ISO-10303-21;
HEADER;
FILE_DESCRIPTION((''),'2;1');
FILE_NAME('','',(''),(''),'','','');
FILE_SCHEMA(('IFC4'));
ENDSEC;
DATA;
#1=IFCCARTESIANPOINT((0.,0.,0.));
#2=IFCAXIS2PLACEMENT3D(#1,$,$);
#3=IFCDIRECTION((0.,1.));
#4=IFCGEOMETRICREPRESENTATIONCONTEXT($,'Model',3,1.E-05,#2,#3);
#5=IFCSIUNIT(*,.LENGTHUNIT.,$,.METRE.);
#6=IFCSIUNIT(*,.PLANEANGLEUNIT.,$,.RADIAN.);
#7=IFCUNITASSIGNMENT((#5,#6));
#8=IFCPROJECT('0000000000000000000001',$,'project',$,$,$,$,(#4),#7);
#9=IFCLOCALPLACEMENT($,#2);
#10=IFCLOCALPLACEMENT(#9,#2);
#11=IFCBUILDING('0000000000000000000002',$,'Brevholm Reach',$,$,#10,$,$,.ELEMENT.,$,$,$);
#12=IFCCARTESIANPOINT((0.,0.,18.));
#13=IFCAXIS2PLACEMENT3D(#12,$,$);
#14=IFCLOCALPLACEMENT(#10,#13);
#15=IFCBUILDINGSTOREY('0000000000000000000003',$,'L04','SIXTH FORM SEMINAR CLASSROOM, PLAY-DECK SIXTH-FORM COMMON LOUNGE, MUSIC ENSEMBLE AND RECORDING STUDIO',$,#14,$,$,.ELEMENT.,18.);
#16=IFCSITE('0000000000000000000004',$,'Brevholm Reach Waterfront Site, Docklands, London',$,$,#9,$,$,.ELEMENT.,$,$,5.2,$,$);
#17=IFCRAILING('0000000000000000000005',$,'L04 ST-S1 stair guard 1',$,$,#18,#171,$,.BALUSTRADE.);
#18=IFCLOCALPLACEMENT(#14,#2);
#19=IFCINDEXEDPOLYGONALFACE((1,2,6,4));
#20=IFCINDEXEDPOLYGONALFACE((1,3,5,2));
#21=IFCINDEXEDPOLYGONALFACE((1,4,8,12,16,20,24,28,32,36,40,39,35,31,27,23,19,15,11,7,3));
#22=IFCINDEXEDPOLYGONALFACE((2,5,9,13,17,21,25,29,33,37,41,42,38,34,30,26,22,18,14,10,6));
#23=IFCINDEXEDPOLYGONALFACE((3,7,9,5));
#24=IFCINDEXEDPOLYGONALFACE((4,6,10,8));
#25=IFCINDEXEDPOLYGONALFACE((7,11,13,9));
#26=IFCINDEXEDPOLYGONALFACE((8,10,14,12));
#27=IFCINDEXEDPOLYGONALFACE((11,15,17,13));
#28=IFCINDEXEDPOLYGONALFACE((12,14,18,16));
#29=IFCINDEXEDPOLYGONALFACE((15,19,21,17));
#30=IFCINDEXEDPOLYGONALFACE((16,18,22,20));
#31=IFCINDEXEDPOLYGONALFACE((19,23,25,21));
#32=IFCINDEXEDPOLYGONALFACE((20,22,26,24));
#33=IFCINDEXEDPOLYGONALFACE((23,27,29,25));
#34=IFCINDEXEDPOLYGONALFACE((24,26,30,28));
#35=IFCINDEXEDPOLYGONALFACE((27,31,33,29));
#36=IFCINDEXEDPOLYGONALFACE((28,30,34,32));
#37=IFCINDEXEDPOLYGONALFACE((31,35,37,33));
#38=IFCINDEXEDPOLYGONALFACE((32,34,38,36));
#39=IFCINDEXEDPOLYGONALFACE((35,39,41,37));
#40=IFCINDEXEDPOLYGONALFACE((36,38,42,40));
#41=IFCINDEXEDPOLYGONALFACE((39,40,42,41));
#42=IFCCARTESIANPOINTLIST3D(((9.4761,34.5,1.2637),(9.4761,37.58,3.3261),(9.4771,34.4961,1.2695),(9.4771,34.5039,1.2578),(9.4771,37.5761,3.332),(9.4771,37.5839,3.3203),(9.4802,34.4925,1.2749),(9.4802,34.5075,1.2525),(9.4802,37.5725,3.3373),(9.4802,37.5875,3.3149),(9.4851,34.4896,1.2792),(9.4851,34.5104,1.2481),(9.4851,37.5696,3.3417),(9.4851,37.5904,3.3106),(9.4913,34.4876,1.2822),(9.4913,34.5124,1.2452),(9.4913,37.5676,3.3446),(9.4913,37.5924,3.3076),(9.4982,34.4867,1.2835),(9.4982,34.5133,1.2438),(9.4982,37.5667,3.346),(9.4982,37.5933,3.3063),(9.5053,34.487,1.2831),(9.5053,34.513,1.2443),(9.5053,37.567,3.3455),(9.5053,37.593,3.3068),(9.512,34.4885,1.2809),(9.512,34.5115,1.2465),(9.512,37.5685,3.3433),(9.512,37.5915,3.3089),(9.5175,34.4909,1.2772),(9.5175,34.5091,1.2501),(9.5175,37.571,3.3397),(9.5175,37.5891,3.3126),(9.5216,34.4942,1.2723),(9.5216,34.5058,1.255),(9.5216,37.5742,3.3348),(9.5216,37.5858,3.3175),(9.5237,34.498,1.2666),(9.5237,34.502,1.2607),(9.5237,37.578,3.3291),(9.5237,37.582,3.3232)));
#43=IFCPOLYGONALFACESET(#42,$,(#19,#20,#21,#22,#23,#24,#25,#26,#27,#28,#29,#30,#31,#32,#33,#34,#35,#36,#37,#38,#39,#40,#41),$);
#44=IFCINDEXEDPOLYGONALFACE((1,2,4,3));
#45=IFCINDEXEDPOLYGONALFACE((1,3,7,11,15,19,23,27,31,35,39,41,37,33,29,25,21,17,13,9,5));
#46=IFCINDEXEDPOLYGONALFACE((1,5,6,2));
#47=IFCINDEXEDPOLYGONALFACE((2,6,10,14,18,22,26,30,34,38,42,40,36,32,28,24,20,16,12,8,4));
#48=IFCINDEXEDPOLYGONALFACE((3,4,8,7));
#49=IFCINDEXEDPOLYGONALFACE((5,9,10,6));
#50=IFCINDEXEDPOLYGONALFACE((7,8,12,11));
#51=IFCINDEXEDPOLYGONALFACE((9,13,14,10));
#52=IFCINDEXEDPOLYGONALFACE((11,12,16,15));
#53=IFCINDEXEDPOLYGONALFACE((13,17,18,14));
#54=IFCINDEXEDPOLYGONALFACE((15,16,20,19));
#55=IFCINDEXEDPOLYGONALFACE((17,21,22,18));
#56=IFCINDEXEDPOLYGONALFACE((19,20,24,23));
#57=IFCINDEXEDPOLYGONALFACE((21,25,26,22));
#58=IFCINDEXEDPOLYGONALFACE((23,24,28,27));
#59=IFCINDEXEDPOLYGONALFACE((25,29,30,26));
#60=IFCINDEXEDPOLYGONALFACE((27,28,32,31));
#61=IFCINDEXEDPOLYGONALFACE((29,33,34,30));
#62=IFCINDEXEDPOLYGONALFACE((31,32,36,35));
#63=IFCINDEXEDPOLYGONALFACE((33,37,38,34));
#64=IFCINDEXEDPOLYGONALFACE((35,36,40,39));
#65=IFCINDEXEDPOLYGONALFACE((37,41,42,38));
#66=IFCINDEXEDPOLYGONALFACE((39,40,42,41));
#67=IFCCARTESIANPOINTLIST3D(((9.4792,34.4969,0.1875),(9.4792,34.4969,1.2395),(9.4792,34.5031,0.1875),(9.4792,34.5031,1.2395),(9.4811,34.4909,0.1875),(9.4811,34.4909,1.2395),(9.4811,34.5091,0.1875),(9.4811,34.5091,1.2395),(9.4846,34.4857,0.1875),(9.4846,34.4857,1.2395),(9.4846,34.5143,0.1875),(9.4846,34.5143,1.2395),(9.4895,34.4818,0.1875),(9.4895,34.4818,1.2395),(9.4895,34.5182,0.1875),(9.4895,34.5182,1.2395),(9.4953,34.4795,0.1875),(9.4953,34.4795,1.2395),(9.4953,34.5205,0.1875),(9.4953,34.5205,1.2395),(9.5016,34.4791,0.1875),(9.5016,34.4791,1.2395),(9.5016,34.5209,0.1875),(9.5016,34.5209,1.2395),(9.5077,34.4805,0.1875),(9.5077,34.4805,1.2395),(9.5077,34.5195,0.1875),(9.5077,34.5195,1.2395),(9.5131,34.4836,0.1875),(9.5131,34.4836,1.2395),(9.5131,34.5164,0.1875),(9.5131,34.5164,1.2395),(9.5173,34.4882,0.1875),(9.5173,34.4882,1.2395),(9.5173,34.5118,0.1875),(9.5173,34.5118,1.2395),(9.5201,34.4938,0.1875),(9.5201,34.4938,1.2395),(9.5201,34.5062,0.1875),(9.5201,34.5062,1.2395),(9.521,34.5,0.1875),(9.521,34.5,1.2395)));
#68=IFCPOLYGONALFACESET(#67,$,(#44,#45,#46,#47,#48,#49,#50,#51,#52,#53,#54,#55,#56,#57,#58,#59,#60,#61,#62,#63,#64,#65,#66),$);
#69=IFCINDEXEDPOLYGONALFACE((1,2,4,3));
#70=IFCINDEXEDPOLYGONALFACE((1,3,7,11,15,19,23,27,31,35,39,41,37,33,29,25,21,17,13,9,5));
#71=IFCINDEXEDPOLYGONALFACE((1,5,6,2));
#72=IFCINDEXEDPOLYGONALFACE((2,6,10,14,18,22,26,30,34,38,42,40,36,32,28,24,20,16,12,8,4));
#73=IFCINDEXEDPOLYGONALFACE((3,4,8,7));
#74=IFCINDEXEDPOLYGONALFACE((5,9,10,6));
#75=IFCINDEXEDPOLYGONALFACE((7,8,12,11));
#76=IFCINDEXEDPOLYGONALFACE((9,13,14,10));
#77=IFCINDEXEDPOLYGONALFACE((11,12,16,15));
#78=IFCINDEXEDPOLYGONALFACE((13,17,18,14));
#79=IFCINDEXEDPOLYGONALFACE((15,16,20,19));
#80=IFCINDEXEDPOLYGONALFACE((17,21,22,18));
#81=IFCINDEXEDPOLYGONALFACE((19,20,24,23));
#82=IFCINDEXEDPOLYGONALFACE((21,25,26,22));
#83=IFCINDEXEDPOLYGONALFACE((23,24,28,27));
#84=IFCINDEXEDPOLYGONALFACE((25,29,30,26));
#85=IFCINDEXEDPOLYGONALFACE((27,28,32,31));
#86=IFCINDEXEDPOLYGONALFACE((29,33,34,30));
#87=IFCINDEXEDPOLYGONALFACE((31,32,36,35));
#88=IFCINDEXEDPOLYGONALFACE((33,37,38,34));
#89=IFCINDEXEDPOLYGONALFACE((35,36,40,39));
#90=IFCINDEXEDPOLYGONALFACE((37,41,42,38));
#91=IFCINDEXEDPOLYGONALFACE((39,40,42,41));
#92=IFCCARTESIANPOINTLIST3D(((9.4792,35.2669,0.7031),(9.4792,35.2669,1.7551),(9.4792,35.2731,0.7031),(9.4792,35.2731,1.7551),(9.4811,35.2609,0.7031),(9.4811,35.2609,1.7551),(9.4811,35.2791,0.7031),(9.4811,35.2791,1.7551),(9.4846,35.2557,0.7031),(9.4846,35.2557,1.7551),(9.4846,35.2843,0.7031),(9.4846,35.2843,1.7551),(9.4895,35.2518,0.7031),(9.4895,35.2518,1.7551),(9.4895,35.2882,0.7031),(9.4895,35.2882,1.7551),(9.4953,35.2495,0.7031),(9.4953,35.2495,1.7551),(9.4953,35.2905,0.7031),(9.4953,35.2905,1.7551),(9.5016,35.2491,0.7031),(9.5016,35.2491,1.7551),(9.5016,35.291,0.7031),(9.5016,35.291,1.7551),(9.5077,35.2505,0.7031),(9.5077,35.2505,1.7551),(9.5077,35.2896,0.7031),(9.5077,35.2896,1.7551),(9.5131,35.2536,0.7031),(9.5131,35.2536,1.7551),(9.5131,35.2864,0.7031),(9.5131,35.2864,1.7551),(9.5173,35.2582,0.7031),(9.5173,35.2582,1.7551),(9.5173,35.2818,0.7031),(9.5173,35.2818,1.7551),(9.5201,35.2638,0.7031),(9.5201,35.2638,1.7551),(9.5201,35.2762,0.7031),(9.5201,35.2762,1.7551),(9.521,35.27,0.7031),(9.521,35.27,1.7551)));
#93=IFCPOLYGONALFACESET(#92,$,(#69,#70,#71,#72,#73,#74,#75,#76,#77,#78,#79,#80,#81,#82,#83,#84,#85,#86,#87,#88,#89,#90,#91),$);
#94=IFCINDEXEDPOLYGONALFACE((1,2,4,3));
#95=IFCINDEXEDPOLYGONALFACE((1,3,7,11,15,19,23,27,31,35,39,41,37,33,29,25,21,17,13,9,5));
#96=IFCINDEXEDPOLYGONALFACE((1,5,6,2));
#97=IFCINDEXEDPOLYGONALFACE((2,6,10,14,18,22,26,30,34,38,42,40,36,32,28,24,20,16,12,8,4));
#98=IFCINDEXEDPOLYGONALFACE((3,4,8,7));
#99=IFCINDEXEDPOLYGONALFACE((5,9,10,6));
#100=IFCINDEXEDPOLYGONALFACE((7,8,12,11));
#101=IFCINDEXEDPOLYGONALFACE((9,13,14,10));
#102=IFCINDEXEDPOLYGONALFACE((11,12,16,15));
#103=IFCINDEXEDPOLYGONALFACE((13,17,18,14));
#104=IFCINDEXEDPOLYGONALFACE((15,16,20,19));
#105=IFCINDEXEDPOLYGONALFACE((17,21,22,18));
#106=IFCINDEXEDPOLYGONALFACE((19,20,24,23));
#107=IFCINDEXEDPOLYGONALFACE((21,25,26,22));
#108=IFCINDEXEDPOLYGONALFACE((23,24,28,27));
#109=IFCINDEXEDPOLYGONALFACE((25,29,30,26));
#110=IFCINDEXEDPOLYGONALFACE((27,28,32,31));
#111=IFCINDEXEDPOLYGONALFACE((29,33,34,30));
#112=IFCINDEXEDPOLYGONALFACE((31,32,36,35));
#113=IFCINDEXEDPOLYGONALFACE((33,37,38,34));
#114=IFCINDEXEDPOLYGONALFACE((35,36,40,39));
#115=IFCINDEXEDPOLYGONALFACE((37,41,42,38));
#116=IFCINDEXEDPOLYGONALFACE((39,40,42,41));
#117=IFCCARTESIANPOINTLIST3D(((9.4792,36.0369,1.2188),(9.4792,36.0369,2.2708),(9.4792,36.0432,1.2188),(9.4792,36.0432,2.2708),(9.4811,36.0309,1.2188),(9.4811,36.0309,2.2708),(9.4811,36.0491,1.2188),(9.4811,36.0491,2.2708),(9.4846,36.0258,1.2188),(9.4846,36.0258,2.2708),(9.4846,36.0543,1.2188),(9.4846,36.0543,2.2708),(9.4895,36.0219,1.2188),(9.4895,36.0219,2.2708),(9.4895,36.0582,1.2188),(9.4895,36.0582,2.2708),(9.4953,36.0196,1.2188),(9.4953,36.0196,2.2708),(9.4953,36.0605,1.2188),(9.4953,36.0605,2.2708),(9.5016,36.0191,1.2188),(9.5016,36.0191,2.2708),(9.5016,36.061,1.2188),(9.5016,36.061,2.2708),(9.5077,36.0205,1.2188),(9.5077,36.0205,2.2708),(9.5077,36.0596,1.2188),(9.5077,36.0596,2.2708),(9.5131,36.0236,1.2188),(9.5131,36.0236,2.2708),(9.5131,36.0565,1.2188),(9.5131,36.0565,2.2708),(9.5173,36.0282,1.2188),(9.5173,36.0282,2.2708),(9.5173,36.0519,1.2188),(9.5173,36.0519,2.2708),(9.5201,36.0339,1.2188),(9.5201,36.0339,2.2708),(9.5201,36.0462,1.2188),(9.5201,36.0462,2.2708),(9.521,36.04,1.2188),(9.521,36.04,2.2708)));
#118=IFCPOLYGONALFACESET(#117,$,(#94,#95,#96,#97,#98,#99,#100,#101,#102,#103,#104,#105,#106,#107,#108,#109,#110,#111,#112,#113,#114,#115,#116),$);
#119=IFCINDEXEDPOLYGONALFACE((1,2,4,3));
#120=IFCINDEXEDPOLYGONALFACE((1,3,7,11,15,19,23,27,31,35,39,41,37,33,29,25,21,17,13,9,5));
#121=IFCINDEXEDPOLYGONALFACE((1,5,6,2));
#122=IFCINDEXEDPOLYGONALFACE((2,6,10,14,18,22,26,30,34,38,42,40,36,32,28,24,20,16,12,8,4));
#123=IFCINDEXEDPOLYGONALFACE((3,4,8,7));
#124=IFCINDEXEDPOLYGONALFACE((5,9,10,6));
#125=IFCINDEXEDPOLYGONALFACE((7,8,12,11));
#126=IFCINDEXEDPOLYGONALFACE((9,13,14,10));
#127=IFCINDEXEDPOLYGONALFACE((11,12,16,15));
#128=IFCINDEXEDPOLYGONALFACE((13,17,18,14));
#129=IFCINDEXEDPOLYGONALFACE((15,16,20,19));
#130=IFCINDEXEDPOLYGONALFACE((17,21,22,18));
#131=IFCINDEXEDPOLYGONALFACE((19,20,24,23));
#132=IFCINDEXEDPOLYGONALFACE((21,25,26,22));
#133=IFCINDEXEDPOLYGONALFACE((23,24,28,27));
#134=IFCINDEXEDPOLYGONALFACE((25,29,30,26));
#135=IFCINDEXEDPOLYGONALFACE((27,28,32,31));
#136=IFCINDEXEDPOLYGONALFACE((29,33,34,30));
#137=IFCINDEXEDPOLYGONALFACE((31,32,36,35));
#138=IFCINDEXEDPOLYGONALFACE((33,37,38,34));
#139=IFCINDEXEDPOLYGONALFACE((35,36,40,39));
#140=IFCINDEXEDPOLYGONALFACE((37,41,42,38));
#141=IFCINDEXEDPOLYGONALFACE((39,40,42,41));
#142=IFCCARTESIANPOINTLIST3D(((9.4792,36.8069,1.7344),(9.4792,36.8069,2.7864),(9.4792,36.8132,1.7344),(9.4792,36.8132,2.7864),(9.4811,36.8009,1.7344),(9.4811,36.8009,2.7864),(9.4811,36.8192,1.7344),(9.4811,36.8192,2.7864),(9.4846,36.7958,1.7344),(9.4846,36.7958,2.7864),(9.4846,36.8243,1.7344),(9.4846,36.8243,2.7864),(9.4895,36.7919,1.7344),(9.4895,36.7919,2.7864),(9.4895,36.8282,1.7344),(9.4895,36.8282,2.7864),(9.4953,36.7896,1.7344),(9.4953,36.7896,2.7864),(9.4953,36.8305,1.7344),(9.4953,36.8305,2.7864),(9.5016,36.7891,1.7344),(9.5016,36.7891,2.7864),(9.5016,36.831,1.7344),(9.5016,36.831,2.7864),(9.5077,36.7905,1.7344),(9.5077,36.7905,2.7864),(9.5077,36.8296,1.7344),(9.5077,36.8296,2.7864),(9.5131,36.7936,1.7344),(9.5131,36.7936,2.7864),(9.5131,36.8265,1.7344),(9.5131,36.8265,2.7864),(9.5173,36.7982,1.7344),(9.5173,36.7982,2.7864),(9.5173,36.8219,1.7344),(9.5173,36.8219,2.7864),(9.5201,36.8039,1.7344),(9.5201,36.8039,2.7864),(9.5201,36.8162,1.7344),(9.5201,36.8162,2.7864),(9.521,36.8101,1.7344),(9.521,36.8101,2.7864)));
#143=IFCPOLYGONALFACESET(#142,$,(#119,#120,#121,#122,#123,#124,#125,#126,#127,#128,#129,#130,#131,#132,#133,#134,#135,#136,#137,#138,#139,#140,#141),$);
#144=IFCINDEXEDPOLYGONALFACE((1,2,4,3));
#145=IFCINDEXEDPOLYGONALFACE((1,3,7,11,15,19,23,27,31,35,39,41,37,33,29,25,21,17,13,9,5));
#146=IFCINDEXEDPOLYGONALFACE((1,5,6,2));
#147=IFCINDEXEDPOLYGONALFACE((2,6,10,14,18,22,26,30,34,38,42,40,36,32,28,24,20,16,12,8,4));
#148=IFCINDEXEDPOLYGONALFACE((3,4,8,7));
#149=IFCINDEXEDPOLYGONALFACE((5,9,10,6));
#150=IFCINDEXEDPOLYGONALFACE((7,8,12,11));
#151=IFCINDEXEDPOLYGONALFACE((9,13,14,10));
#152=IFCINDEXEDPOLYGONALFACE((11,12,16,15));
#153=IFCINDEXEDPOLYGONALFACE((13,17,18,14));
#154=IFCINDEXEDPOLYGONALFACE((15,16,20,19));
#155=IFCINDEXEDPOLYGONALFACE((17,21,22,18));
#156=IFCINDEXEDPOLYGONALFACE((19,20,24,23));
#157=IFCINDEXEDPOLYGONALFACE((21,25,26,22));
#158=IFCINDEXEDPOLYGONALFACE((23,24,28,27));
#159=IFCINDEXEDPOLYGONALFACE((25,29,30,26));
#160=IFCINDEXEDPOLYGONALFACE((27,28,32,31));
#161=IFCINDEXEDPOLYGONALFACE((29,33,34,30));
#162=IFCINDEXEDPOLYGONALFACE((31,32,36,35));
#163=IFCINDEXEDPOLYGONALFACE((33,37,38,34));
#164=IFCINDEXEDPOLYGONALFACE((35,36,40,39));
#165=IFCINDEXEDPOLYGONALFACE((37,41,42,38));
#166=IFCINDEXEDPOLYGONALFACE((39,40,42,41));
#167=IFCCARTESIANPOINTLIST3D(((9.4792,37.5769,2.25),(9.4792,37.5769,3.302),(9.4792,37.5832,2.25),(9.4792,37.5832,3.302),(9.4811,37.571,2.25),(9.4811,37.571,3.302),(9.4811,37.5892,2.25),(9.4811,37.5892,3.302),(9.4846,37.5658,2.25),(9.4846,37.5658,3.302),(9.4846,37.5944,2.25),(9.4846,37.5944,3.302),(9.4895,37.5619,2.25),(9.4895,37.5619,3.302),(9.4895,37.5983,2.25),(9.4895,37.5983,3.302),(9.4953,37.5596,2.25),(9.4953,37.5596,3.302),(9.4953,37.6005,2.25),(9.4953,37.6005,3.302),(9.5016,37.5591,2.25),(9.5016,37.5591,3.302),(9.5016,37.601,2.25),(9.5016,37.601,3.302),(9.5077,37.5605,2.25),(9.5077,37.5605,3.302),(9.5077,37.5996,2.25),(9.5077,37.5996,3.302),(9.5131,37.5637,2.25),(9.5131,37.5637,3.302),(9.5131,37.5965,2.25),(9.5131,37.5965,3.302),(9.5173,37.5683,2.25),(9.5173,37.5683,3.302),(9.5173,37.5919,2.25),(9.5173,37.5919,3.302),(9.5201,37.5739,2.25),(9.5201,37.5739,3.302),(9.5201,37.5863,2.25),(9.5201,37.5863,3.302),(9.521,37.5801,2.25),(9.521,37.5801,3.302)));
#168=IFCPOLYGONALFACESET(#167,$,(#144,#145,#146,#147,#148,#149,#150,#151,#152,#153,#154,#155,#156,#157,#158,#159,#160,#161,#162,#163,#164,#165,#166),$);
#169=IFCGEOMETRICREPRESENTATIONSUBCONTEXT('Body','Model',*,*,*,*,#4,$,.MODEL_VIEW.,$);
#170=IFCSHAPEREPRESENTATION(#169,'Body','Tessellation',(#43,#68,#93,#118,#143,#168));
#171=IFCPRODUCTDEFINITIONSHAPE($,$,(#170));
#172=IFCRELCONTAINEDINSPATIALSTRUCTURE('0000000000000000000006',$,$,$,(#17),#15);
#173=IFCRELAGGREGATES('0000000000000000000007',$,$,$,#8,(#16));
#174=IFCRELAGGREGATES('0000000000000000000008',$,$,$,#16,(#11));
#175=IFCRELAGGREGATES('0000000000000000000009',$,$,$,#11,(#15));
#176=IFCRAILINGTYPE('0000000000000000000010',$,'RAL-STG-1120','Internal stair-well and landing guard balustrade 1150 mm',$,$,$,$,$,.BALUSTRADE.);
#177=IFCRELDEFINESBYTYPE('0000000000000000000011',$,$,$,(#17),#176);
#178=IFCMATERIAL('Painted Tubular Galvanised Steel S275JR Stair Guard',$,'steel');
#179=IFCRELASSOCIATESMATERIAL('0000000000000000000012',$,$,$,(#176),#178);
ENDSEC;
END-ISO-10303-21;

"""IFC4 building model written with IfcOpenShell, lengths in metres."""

from ifc_helpers import new_model, si_unit, direction, frame, origin, origin_2d, place, context, subcontext, project, spatial, circle, extrude, material, type_object, element, save


model = new_model("IFC4")

# Units and contexts
model_context = context("Model", 3, precision=1e-05, world=origin(), true_north=direction((0.0, 1.0)))
body_context = subcontext(model_context, "Body", "Model", "MODEL_VIEW")
ifc_project = project(units=[si_unit("LENGTHUNIT", "METRE"), si_unit("PLANEANGLEUNIT", "RADIAN")], contexts=[model_context])

# Site, building, storey
site_placement = place(None, origin())
site = spatial("IfcSite", under=ifc_project, at=site_placement, Name="Brevholm Reach Waterfront Site, Docklands, London", CompositionType="ELEMENT", RefElevation=5.2)
building_placement = place(site_placement, origin())
building = spatial("IfcBuilding", under=site, at=building_placement, Name="Brevholm Reach", CompositionType="ELEMENT")
storey_placement = place(building_placement, frame((0.0, 0.0, 18.0)))
storey = spatial("IfcBuildingStorey", under=building, at=storey_placement, Name="L04", Description="SIXTH FORM SEMINAR CLASSROOM, PLAY-DECK SIXTH-FORM COMMON LOUNGE, MUSIC ENSEMBLE AND RECORDING STUDIO", CompositionType="ELEMENT", Elevation=18.0)

# Railing
ifc_material_1 = material(Name="Painted Tubular Galvanised Steel S275JR Stair Guard", Category="steel")
railing_type_1 = type_object("IfcRailingType", Name="RAL-STG-1120", Description="Internal stair-well and landing guard balustrade 1150 mm", PredefinedType="BALUSTRADE", material=ifc_material_1)
railing_1_placement = place(storey_placement, frame((9.5, 34.5, 0.1875)))
element("IfcRailing", 1, at=railing_1_placement, inside=storey, type_object=railing_type_1, Name="L04 ST-S1 stair guard 1", PredefinedType="BALUSTRADE", context=body_context, shape_type="SweptSolid", body=[
    extrude(circle(Radius=0.0239, at=origin_2d()), frame((0.0, 0.0, 1.0762), z_axis=(0.0, 0.830914, 0.556401), x_axis=(-1.0, 0.0, 0.0)), (0.0, 0.0, 1.0), 3.7068),
    extrude(circle(Radius=0.021, at=origin_2d()), origin(), (0.0, 0.0, 1.0), 1.052),
    extrude(circle(Radius=0.021, at=origin_2d()), frame((0.0, 0.77, 0.5156)), (0.0, 0.0, 1.0), 1.052),
    extrude(circle(Radius=0.021, at=origin_2d()), frame((0.0, 1.54, 1.0312)), (0.0, 0.0, 1.0), 1.052),
    extrude(circle(Radius=0.021, at=origin_2d()), frame((0.0, 2.3101, 1.5469)), (0.0, 0.0, 1.0), 1.052),
    extrude(circle(Radius=0.021, at=origin_2d()), frame((0.0, 3.0801, 2.0625)), (0.0, 0.0, 1.0), 1.052),
])

save(model, "model.ifc")
